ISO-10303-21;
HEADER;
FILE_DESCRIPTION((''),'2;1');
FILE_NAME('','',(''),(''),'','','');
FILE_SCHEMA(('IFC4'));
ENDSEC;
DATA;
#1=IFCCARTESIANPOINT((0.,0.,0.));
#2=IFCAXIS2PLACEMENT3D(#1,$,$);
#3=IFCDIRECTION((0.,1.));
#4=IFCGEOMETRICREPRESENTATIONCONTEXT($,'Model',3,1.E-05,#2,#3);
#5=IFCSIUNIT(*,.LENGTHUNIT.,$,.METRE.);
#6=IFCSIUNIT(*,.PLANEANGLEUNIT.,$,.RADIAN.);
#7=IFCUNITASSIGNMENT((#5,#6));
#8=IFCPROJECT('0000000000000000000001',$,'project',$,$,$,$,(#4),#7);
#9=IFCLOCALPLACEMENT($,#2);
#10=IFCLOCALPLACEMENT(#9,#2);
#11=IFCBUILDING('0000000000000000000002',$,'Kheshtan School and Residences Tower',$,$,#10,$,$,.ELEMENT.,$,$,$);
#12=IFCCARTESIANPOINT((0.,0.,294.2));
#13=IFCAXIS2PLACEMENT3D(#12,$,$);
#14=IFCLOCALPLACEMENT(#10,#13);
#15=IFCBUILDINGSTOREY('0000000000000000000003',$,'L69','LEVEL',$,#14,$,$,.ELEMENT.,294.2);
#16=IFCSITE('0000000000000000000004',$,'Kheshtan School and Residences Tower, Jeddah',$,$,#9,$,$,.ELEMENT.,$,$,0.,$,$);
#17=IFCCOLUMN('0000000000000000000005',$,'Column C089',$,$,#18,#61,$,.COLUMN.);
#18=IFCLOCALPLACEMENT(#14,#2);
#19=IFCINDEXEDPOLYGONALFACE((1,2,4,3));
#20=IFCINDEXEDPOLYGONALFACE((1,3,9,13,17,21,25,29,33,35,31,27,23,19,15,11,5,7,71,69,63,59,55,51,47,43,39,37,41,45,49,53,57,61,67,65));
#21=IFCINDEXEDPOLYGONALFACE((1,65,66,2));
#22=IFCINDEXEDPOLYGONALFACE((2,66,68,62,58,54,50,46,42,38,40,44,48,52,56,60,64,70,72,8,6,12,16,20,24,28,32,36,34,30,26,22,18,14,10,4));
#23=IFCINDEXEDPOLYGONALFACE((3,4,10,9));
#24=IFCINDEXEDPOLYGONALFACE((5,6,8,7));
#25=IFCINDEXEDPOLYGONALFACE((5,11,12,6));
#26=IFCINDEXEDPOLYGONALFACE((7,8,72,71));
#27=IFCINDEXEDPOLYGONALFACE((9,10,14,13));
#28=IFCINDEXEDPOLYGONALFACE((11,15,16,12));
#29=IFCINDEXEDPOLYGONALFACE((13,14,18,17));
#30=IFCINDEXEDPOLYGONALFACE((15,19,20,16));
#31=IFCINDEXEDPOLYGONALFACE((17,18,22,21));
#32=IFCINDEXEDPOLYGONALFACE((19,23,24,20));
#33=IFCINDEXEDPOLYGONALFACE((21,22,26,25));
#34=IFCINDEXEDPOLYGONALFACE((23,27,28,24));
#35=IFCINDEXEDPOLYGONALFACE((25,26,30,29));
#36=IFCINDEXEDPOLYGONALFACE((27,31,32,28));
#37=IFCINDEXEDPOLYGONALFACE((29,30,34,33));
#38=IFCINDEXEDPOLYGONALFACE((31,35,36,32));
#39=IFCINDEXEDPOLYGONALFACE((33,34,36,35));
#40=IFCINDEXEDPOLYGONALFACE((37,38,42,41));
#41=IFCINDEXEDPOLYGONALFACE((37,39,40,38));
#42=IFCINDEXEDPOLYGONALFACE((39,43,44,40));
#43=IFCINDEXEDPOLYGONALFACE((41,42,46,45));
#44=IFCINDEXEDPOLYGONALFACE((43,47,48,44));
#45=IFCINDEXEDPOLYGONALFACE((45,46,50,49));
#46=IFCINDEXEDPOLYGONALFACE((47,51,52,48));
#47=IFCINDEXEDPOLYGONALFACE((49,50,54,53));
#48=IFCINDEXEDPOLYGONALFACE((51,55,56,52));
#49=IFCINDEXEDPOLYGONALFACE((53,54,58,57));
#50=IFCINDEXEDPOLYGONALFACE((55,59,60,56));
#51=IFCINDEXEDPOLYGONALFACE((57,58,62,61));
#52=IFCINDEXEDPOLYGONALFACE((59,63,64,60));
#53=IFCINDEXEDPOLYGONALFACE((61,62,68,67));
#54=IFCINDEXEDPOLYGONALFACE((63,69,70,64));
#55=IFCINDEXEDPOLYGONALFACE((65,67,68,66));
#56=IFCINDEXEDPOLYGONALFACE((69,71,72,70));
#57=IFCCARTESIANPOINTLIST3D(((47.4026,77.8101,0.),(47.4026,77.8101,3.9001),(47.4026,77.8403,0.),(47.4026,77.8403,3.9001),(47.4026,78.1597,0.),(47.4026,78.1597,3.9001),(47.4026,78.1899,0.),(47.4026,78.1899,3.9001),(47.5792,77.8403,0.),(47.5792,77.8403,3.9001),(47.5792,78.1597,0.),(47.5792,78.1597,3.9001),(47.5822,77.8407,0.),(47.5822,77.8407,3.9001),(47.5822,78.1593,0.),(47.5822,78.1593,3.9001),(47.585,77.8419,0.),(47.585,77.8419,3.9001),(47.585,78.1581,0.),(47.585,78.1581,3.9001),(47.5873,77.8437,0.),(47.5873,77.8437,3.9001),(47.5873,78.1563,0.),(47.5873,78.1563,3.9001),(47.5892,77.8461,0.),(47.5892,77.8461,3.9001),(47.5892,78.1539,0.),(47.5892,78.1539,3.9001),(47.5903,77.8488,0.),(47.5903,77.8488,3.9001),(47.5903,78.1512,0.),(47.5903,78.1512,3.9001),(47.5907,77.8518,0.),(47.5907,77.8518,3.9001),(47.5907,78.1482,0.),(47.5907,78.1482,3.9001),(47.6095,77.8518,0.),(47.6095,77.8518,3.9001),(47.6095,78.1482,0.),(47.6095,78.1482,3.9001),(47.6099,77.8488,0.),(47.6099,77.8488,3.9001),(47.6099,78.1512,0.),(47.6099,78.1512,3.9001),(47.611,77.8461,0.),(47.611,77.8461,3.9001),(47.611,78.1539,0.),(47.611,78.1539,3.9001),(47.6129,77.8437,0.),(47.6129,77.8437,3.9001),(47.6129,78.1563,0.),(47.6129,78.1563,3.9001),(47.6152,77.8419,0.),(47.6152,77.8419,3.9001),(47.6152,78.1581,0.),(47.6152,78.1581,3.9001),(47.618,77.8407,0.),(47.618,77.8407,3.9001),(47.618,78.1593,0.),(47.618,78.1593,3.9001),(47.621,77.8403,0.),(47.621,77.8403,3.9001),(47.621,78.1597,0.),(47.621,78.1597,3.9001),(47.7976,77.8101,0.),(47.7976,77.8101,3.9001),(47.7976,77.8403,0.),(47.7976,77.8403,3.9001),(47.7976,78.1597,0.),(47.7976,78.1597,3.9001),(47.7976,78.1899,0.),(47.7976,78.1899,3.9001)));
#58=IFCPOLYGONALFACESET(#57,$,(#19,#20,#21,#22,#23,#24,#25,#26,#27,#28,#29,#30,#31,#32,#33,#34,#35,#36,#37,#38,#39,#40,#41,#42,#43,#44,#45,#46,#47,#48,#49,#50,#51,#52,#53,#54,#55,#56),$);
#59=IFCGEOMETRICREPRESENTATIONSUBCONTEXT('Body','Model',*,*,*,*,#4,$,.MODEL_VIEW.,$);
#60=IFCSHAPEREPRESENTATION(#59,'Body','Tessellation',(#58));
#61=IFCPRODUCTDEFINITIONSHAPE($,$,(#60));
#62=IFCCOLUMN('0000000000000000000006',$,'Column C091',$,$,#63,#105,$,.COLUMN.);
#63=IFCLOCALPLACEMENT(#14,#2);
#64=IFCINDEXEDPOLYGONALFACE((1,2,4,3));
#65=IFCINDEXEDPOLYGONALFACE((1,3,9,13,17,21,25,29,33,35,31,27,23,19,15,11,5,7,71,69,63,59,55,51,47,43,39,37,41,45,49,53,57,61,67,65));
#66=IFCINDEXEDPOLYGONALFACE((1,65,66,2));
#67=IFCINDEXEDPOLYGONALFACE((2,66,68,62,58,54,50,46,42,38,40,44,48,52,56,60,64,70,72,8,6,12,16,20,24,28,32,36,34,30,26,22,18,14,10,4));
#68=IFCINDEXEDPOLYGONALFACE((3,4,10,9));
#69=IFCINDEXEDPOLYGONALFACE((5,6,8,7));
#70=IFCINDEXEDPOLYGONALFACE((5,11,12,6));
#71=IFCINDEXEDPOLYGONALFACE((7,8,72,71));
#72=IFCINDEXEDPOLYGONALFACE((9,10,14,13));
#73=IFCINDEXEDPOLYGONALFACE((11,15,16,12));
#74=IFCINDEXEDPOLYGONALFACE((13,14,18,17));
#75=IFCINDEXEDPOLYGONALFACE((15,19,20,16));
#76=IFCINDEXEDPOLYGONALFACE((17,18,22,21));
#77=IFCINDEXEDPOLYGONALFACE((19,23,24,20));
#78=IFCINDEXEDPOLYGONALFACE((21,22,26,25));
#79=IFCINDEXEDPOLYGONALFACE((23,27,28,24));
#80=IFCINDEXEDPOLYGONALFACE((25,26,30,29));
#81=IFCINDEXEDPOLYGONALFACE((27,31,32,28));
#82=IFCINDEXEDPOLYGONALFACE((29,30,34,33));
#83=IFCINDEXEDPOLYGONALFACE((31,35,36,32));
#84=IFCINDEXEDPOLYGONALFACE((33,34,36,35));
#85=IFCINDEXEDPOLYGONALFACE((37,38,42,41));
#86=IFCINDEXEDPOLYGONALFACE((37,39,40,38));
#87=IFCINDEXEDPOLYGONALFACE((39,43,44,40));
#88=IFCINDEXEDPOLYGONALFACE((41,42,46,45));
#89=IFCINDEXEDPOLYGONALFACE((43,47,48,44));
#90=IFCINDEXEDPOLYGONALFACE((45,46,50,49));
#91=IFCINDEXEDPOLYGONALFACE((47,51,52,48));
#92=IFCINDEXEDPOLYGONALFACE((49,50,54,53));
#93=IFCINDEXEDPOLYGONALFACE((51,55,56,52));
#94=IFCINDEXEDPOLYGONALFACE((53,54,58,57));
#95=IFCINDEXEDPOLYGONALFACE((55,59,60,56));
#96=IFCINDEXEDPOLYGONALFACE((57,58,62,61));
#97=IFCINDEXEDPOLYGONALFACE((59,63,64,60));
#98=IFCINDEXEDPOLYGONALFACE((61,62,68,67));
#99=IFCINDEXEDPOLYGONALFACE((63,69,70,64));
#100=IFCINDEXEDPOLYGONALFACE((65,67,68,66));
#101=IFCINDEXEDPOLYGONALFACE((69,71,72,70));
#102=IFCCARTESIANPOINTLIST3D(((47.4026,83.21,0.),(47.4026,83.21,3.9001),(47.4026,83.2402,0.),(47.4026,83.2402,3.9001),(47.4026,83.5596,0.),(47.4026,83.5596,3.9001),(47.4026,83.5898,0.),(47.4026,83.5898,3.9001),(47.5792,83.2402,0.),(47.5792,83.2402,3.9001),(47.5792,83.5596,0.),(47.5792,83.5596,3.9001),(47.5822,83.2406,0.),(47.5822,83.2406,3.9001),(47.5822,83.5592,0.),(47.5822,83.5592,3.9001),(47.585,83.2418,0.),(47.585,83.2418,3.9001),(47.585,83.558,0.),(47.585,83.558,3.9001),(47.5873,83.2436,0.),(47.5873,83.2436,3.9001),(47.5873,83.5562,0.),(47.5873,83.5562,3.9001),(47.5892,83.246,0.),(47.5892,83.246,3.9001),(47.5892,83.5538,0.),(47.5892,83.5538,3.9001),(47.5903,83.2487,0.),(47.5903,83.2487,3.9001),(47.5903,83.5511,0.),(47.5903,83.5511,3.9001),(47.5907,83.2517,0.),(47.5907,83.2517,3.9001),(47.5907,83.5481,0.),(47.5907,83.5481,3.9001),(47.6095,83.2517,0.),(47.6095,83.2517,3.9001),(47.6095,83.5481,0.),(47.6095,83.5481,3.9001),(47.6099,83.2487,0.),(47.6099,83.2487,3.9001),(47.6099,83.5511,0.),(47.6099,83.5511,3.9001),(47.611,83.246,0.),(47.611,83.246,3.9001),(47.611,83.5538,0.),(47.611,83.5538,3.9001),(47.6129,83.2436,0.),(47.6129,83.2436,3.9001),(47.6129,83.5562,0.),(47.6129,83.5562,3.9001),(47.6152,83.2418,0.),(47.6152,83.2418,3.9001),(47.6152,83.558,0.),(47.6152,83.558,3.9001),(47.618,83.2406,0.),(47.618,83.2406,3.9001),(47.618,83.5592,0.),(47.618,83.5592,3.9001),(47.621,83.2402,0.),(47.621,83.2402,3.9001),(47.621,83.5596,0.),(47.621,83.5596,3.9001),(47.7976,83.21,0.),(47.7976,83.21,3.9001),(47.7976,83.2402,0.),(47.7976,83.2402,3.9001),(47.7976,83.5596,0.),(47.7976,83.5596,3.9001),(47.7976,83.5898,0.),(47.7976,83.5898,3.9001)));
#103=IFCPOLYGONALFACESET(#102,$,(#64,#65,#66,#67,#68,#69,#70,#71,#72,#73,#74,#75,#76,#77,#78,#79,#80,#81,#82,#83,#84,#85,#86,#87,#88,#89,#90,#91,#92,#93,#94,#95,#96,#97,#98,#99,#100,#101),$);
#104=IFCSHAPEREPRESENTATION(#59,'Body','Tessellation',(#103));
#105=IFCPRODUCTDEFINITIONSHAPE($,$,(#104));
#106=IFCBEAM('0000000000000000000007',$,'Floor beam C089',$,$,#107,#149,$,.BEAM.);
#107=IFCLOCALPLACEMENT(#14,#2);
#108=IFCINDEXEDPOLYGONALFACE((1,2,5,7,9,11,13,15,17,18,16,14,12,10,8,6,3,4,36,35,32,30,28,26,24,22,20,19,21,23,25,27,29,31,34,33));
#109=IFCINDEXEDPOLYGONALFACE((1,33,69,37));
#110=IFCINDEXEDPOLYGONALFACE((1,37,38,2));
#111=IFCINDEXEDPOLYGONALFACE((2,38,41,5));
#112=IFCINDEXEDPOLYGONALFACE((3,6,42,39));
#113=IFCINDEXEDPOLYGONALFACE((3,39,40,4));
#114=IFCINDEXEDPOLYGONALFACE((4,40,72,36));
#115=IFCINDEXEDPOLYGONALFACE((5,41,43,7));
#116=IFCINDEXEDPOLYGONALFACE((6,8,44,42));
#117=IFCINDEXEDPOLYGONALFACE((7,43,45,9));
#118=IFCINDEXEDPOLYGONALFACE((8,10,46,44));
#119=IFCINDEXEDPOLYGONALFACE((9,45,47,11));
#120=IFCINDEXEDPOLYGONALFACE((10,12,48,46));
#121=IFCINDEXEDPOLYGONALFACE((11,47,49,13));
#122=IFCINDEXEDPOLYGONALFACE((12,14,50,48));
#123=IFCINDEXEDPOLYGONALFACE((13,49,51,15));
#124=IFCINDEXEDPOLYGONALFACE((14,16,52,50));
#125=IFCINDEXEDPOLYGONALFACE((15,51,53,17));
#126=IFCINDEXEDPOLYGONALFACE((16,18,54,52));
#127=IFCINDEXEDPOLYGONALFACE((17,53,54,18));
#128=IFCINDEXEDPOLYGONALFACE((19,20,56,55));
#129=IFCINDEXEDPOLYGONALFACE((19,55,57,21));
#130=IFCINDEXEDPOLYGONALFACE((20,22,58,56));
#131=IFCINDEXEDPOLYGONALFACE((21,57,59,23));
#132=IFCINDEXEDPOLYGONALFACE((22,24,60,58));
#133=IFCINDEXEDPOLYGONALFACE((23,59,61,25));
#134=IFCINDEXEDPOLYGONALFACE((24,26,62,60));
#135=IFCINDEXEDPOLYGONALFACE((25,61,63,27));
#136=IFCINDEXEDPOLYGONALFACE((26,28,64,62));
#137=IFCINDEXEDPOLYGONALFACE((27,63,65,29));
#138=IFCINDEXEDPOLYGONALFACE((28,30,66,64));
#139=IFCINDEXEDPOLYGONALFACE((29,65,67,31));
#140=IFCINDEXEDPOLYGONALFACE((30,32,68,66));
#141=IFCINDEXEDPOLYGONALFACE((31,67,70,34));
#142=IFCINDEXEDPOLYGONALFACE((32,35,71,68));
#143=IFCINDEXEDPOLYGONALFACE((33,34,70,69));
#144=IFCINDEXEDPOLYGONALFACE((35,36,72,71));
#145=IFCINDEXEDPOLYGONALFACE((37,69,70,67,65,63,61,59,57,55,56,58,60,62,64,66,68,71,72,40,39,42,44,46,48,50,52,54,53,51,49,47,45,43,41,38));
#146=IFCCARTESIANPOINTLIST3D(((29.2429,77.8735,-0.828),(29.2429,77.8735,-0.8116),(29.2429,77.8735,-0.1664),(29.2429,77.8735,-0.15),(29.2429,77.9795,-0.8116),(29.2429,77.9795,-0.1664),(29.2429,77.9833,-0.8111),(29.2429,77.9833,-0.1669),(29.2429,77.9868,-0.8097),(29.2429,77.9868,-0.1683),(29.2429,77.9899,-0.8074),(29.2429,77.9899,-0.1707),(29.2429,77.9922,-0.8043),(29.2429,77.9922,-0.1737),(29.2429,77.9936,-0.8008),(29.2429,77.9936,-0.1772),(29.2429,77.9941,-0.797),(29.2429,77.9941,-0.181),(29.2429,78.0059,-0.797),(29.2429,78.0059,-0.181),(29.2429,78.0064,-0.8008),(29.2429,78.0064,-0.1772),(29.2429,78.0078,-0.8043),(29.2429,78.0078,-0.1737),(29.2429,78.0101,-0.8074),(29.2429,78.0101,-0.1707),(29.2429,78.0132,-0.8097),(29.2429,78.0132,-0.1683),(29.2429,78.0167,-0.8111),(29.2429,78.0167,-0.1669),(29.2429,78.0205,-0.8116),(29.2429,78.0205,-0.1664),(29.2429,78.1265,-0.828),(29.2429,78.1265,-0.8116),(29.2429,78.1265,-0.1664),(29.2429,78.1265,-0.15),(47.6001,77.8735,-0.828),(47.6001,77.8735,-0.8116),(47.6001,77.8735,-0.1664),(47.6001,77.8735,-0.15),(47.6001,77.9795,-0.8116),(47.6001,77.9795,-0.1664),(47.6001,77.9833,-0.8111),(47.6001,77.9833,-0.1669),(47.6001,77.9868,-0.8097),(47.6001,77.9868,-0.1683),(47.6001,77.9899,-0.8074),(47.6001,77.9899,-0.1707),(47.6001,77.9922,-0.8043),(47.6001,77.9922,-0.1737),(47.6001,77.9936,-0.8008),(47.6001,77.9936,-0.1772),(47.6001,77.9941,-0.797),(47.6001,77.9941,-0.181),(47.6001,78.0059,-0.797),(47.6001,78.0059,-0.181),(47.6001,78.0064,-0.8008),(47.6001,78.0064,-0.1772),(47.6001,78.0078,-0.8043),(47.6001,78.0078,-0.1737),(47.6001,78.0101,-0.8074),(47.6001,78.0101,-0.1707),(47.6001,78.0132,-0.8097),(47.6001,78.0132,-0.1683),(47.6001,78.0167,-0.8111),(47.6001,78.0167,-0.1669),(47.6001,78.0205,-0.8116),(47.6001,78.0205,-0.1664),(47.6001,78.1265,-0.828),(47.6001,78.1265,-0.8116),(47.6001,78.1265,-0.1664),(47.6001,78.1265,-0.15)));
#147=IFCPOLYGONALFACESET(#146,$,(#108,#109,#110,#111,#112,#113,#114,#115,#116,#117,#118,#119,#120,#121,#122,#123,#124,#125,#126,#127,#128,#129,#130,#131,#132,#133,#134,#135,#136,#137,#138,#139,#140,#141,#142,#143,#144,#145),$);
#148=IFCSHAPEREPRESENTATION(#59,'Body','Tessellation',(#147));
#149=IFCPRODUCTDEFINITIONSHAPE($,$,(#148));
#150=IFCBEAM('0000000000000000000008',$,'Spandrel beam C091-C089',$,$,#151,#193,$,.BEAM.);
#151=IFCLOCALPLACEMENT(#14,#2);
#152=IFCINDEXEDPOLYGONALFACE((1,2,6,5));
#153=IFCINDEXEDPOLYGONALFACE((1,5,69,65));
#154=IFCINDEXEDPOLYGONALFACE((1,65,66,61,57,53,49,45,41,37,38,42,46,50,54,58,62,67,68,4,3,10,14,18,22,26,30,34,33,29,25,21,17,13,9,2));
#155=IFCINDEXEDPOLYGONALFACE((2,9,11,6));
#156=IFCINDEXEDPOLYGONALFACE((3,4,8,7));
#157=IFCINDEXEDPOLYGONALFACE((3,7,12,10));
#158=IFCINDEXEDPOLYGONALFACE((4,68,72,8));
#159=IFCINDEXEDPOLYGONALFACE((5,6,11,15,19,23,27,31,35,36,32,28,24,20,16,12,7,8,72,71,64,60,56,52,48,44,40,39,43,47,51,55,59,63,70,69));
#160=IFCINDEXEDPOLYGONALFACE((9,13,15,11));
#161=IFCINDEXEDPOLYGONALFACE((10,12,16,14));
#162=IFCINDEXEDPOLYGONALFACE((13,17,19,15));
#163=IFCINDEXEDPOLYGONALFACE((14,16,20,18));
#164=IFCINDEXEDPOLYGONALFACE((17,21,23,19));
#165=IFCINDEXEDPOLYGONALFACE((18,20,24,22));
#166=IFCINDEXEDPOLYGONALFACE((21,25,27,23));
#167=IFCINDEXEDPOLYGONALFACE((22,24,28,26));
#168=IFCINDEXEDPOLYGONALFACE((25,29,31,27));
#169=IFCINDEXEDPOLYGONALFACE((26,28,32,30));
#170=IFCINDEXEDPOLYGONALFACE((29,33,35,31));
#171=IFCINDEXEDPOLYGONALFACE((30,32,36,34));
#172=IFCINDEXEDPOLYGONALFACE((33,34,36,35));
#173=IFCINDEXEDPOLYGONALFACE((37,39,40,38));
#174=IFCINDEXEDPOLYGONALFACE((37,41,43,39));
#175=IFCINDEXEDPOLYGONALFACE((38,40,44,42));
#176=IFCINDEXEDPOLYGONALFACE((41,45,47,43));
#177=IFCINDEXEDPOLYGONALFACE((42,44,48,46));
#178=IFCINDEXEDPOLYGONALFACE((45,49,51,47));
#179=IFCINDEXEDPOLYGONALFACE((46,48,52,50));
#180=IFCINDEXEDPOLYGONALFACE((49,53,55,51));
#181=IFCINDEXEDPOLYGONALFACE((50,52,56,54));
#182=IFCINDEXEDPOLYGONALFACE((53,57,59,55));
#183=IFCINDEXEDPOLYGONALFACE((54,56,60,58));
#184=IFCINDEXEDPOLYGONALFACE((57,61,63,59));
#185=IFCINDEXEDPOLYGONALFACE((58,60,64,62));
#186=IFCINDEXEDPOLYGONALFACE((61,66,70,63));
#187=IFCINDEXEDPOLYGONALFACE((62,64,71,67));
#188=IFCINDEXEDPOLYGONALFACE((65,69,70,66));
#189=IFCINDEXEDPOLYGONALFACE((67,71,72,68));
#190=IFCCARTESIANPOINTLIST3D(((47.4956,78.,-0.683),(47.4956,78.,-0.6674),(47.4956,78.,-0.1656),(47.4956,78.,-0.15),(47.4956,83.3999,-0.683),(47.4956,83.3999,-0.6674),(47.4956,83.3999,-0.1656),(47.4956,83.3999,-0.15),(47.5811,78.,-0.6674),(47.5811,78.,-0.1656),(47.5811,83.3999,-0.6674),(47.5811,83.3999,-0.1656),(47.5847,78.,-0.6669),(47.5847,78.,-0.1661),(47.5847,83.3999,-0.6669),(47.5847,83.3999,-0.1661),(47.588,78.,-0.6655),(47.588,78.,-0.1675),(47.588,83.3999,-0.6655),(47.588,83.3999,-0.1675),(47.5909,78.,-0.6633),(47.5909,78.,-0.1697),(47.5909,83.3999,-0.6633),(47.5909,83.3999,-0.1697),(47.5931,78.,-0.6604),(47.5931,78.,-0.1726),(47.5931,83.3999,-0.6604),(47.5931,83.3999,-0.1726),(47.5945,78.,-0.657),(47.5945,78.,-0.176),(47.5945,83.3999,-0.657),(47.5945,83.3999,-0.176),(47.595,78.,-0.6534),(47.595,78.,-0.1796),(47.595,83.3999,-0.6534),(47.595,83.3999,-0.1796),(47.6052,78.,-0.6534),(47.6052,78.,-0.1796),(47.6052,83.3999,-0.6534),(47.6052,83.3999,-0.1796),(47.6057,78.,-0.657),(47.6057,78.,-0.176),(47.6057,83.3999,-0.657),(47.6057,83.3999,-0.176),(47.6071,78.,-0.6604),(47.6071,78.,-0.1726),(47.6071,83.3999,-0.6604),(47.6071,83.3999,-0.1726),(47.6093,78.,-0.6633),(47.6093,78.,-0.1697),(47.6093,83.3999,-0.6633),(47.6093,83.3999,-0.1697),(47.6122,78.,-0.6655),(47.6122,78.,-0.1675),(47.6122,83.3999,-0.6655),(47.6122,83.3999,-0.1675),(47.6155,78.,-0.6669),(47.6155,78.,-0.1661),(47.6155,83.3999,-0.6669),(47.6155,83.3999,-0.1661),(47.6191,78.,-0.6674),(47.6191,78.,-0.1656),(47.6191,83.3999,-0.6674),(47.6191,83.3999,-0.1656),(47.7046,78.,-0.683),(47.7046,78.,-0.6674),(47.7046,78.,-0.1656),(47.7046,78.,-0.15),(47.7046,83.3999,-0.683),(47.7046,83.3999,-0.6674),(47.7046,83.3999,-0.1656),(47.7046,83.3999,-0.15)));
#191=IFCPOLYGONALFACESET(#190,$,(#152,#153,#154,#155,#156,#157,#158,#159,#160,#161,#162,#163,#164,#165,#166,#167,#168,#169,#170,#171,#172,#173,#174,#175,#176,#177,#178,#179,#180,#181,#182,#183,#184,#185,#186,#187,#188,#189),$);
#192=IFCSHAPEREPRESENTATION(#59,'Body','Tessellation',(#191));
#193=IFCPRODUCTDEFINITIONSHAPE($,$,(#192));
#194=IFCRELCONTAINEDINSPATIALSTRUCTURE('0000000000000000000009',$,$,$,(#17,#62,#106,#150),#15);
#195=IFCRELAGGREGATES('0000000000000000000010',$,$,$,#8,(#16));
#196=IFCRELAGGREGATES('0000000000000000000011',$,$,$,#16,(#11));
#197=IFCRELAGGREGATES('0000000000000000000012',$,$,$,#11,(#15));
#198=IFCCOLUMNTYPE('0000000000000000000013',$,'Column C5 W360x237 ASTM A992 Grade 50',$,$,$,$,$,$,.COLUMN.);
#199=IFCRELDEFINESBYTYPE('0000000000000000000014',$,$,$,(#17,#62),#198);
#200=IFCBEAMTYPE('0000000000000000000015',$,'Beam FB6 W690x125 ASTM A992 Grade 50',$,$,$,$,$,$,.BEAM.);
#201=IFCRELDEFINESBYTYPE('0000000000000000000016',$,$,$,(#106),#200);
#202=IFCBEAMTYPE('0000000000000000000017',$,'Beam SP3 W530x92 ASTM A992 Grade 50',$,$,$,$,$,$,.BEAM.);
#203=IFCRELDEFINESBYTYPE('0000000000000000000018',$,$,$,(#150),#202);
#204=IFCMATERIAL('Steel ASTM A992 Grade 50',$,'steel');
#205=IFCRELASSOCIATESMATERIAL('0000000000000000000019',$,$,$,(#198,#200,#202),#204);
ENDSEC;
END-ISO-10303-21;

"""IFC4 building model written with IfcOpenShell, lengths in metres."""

from ifc_helpers import new_model, si_unit, direction, frame, origin, origin_2d, place, context, subcontext, project, spatial, i_section, extrude, material, material_profile, profile_set, type_object, element, save


model = new_model("IFC4")

# Units and contexts
model_context = context("Model", 3, precision=1e-05, world=origin(), true_north=direction((0.0, 1.0)))
body_context = subcontext(model_context, "Body", "Model", "MODEL_VIEW")
ifc_project = project(units=[si_unit("LENGTHUNIT", "METRE"), si_unit("PLANEANGLEUNIT", "RADIAN")], contexts=[model_context])

# Site, building, storey
site_placement = place(None, origin())
site = spatial("IfcSite", under=ifc_project, at=site_placement, Name="Kheshtan School and Residences Tower, Jeddah", CompositionType="ELEMENT", RefElevation=0.0)
building_placement = place(site_placement, origin())
building = spatial("IfcBuilding", under=site, at=building_placement, Name="Kheshtan School and Residences Tower", CompositionType="ELEMENT")
storey_placement = place(building_placement, frame((0.0, 0.0, 294.2)))
storey = spatial("IfcBuildingStorey", under=building, at=storey_placement, Name="L69", Description="LEVEL", CompositionType="ELEMENT", Elevation=294.2)

# Columns
ifc_material_1 = material(Name="Steel ASTM A992 Grade 50", Category="steel")
ifc_material_profile_1 = material_profile(ifc_material_1, i_section(OverallWidth=0.395, OverallDepth=0.3799, WebThickness=0.0188, FlangeThickness=0.0303, FilletRadius=0.0115, at=origin_2d()), Name="W360x237")
ifc_profile_set_1 = profile_set([ifc_material_profile_1], Name="Steel ASTM A992 Grade 50")
column_type = type_object("IfcColumnType", Name="Column C5 W360x237 ASTM A992 Grade 50", PredefinedType="COLUMN", material=ifc_profile_set_1)
for number, where, z_axis, x_axis, name in (
    (1, (47.6001, 78.0, 0.0), (0.0, 0.0, 1.0), (1.0, 0.0, 0.0), "Column C089"),
    (2, (47.6001, 83.3999, 0.0), (0.0, 0.0, 1.0), (1.0, 0.0, 0.0), "Column C091"),
):
    element("IfcColumn", number, at=place(storey_placement, frame(where, z_axis=z_axis, x_axis=x_axis)), inside=storey, type_object=column_type, Name=name, PredefinedType="COLUMN", context=body_context, shape_type="SweptSolid", body=[
        extrude(i_section(OverallWidth=0.395, OverallDepth=0.3799, WebThickness=0.0188, FlangeThickness=0.0303, FilletRadius=0.0115, at=origin_2d()), origin(), (0.0, 0.0, 1.0), 3.9001),
    ])

# Beams
ifc_material_profile_2 = material_profile(ifc_material_1, i_section(OverallWidth=0.2529, OverallDepth=0.678, WebThickness=0.0117, FlangeThickness=0.0164, FilletRadius=0.0146, at=origin_2d()), Name="W690x125")
ifc_profile_set_2 = profile_set([ifc_material_profile_2], Name="Steel ASTM A992 Grade 50")
beam_type_1 = type_object("IfcBeamType", Name="Beam FB6 W690x125 ASTM A992 Grade 50", PredefinedType="BEAM", material=ifc_profile_set_2)
beam_placement = place(storey_placement, frame((47.6001, 78.0, -0.489), z_axis=(-1.0, 0.0, 0.0), x_axis=(0.0, -1.0, 0.0)))
element("IfcBeam", 3, at=beam_placement, inside=storey, type_object=beam_type_1, Name="Floor beam C089", PredefinedType="BEAM", context=body_context, shape_type="SweptSolid", body=[
    extrude(i_section(OverallWidth=0.2529, OverallDepth=0.678, WebThickness=0.0117, FlangeThickness=0.0164, FilletRadius=0.0146, at=origin_2d()), origin(), (0.0, 0.0, 1.0), 18.3572),
])
ifc_material_profile_3 = material_profile(ifc_material_1, i_section(OverallWidth=0.209, OverallDepth=0.533, WebThickness=0.0103, FlangeThickness=0.0156, FilletRadius=0.0139, at=origin_2d()), Name="W530x92")
ifc_profile_set_3 = profile_set([ifc_material_profile_3], Name="Steel ASTM A992 Grade 50")
beam_type_2 = type_object("IfcBeamType", Name="Beam SP3 W530x92 ASTM A992 Grade 50", PredefinedType="BEAM", material=ifc_profile_set_3)
for number, where, z_axis, x_axis, name in (
    (4, (47.6001, 83.3999, -0.4165), (0.0, -1.0, 0.0), (1.0, 0.0, 0.0), "Spandrel beam C091-C089"),
):
    element("IfcBeam", number, at=place(storey_placement, frame(where, z_axis=z_axis, x_axis=x_axis)), inside=storey, type_object=beam_type_2, Name=name, PredefinedType="BEAM", context=body_context, shape_type="SweptSolid", body=[
        extrude(i_section(OverallWidth=0.209, OverallDepth=0.533, WebThickness=0.0103, FlangeThickness=0.0156, FilletRadius=0.0139, at=origin_2d()), origin(), (0.0, 0.0, 1.0), 5.3999),
    ])

save(model, "model.ifc")
